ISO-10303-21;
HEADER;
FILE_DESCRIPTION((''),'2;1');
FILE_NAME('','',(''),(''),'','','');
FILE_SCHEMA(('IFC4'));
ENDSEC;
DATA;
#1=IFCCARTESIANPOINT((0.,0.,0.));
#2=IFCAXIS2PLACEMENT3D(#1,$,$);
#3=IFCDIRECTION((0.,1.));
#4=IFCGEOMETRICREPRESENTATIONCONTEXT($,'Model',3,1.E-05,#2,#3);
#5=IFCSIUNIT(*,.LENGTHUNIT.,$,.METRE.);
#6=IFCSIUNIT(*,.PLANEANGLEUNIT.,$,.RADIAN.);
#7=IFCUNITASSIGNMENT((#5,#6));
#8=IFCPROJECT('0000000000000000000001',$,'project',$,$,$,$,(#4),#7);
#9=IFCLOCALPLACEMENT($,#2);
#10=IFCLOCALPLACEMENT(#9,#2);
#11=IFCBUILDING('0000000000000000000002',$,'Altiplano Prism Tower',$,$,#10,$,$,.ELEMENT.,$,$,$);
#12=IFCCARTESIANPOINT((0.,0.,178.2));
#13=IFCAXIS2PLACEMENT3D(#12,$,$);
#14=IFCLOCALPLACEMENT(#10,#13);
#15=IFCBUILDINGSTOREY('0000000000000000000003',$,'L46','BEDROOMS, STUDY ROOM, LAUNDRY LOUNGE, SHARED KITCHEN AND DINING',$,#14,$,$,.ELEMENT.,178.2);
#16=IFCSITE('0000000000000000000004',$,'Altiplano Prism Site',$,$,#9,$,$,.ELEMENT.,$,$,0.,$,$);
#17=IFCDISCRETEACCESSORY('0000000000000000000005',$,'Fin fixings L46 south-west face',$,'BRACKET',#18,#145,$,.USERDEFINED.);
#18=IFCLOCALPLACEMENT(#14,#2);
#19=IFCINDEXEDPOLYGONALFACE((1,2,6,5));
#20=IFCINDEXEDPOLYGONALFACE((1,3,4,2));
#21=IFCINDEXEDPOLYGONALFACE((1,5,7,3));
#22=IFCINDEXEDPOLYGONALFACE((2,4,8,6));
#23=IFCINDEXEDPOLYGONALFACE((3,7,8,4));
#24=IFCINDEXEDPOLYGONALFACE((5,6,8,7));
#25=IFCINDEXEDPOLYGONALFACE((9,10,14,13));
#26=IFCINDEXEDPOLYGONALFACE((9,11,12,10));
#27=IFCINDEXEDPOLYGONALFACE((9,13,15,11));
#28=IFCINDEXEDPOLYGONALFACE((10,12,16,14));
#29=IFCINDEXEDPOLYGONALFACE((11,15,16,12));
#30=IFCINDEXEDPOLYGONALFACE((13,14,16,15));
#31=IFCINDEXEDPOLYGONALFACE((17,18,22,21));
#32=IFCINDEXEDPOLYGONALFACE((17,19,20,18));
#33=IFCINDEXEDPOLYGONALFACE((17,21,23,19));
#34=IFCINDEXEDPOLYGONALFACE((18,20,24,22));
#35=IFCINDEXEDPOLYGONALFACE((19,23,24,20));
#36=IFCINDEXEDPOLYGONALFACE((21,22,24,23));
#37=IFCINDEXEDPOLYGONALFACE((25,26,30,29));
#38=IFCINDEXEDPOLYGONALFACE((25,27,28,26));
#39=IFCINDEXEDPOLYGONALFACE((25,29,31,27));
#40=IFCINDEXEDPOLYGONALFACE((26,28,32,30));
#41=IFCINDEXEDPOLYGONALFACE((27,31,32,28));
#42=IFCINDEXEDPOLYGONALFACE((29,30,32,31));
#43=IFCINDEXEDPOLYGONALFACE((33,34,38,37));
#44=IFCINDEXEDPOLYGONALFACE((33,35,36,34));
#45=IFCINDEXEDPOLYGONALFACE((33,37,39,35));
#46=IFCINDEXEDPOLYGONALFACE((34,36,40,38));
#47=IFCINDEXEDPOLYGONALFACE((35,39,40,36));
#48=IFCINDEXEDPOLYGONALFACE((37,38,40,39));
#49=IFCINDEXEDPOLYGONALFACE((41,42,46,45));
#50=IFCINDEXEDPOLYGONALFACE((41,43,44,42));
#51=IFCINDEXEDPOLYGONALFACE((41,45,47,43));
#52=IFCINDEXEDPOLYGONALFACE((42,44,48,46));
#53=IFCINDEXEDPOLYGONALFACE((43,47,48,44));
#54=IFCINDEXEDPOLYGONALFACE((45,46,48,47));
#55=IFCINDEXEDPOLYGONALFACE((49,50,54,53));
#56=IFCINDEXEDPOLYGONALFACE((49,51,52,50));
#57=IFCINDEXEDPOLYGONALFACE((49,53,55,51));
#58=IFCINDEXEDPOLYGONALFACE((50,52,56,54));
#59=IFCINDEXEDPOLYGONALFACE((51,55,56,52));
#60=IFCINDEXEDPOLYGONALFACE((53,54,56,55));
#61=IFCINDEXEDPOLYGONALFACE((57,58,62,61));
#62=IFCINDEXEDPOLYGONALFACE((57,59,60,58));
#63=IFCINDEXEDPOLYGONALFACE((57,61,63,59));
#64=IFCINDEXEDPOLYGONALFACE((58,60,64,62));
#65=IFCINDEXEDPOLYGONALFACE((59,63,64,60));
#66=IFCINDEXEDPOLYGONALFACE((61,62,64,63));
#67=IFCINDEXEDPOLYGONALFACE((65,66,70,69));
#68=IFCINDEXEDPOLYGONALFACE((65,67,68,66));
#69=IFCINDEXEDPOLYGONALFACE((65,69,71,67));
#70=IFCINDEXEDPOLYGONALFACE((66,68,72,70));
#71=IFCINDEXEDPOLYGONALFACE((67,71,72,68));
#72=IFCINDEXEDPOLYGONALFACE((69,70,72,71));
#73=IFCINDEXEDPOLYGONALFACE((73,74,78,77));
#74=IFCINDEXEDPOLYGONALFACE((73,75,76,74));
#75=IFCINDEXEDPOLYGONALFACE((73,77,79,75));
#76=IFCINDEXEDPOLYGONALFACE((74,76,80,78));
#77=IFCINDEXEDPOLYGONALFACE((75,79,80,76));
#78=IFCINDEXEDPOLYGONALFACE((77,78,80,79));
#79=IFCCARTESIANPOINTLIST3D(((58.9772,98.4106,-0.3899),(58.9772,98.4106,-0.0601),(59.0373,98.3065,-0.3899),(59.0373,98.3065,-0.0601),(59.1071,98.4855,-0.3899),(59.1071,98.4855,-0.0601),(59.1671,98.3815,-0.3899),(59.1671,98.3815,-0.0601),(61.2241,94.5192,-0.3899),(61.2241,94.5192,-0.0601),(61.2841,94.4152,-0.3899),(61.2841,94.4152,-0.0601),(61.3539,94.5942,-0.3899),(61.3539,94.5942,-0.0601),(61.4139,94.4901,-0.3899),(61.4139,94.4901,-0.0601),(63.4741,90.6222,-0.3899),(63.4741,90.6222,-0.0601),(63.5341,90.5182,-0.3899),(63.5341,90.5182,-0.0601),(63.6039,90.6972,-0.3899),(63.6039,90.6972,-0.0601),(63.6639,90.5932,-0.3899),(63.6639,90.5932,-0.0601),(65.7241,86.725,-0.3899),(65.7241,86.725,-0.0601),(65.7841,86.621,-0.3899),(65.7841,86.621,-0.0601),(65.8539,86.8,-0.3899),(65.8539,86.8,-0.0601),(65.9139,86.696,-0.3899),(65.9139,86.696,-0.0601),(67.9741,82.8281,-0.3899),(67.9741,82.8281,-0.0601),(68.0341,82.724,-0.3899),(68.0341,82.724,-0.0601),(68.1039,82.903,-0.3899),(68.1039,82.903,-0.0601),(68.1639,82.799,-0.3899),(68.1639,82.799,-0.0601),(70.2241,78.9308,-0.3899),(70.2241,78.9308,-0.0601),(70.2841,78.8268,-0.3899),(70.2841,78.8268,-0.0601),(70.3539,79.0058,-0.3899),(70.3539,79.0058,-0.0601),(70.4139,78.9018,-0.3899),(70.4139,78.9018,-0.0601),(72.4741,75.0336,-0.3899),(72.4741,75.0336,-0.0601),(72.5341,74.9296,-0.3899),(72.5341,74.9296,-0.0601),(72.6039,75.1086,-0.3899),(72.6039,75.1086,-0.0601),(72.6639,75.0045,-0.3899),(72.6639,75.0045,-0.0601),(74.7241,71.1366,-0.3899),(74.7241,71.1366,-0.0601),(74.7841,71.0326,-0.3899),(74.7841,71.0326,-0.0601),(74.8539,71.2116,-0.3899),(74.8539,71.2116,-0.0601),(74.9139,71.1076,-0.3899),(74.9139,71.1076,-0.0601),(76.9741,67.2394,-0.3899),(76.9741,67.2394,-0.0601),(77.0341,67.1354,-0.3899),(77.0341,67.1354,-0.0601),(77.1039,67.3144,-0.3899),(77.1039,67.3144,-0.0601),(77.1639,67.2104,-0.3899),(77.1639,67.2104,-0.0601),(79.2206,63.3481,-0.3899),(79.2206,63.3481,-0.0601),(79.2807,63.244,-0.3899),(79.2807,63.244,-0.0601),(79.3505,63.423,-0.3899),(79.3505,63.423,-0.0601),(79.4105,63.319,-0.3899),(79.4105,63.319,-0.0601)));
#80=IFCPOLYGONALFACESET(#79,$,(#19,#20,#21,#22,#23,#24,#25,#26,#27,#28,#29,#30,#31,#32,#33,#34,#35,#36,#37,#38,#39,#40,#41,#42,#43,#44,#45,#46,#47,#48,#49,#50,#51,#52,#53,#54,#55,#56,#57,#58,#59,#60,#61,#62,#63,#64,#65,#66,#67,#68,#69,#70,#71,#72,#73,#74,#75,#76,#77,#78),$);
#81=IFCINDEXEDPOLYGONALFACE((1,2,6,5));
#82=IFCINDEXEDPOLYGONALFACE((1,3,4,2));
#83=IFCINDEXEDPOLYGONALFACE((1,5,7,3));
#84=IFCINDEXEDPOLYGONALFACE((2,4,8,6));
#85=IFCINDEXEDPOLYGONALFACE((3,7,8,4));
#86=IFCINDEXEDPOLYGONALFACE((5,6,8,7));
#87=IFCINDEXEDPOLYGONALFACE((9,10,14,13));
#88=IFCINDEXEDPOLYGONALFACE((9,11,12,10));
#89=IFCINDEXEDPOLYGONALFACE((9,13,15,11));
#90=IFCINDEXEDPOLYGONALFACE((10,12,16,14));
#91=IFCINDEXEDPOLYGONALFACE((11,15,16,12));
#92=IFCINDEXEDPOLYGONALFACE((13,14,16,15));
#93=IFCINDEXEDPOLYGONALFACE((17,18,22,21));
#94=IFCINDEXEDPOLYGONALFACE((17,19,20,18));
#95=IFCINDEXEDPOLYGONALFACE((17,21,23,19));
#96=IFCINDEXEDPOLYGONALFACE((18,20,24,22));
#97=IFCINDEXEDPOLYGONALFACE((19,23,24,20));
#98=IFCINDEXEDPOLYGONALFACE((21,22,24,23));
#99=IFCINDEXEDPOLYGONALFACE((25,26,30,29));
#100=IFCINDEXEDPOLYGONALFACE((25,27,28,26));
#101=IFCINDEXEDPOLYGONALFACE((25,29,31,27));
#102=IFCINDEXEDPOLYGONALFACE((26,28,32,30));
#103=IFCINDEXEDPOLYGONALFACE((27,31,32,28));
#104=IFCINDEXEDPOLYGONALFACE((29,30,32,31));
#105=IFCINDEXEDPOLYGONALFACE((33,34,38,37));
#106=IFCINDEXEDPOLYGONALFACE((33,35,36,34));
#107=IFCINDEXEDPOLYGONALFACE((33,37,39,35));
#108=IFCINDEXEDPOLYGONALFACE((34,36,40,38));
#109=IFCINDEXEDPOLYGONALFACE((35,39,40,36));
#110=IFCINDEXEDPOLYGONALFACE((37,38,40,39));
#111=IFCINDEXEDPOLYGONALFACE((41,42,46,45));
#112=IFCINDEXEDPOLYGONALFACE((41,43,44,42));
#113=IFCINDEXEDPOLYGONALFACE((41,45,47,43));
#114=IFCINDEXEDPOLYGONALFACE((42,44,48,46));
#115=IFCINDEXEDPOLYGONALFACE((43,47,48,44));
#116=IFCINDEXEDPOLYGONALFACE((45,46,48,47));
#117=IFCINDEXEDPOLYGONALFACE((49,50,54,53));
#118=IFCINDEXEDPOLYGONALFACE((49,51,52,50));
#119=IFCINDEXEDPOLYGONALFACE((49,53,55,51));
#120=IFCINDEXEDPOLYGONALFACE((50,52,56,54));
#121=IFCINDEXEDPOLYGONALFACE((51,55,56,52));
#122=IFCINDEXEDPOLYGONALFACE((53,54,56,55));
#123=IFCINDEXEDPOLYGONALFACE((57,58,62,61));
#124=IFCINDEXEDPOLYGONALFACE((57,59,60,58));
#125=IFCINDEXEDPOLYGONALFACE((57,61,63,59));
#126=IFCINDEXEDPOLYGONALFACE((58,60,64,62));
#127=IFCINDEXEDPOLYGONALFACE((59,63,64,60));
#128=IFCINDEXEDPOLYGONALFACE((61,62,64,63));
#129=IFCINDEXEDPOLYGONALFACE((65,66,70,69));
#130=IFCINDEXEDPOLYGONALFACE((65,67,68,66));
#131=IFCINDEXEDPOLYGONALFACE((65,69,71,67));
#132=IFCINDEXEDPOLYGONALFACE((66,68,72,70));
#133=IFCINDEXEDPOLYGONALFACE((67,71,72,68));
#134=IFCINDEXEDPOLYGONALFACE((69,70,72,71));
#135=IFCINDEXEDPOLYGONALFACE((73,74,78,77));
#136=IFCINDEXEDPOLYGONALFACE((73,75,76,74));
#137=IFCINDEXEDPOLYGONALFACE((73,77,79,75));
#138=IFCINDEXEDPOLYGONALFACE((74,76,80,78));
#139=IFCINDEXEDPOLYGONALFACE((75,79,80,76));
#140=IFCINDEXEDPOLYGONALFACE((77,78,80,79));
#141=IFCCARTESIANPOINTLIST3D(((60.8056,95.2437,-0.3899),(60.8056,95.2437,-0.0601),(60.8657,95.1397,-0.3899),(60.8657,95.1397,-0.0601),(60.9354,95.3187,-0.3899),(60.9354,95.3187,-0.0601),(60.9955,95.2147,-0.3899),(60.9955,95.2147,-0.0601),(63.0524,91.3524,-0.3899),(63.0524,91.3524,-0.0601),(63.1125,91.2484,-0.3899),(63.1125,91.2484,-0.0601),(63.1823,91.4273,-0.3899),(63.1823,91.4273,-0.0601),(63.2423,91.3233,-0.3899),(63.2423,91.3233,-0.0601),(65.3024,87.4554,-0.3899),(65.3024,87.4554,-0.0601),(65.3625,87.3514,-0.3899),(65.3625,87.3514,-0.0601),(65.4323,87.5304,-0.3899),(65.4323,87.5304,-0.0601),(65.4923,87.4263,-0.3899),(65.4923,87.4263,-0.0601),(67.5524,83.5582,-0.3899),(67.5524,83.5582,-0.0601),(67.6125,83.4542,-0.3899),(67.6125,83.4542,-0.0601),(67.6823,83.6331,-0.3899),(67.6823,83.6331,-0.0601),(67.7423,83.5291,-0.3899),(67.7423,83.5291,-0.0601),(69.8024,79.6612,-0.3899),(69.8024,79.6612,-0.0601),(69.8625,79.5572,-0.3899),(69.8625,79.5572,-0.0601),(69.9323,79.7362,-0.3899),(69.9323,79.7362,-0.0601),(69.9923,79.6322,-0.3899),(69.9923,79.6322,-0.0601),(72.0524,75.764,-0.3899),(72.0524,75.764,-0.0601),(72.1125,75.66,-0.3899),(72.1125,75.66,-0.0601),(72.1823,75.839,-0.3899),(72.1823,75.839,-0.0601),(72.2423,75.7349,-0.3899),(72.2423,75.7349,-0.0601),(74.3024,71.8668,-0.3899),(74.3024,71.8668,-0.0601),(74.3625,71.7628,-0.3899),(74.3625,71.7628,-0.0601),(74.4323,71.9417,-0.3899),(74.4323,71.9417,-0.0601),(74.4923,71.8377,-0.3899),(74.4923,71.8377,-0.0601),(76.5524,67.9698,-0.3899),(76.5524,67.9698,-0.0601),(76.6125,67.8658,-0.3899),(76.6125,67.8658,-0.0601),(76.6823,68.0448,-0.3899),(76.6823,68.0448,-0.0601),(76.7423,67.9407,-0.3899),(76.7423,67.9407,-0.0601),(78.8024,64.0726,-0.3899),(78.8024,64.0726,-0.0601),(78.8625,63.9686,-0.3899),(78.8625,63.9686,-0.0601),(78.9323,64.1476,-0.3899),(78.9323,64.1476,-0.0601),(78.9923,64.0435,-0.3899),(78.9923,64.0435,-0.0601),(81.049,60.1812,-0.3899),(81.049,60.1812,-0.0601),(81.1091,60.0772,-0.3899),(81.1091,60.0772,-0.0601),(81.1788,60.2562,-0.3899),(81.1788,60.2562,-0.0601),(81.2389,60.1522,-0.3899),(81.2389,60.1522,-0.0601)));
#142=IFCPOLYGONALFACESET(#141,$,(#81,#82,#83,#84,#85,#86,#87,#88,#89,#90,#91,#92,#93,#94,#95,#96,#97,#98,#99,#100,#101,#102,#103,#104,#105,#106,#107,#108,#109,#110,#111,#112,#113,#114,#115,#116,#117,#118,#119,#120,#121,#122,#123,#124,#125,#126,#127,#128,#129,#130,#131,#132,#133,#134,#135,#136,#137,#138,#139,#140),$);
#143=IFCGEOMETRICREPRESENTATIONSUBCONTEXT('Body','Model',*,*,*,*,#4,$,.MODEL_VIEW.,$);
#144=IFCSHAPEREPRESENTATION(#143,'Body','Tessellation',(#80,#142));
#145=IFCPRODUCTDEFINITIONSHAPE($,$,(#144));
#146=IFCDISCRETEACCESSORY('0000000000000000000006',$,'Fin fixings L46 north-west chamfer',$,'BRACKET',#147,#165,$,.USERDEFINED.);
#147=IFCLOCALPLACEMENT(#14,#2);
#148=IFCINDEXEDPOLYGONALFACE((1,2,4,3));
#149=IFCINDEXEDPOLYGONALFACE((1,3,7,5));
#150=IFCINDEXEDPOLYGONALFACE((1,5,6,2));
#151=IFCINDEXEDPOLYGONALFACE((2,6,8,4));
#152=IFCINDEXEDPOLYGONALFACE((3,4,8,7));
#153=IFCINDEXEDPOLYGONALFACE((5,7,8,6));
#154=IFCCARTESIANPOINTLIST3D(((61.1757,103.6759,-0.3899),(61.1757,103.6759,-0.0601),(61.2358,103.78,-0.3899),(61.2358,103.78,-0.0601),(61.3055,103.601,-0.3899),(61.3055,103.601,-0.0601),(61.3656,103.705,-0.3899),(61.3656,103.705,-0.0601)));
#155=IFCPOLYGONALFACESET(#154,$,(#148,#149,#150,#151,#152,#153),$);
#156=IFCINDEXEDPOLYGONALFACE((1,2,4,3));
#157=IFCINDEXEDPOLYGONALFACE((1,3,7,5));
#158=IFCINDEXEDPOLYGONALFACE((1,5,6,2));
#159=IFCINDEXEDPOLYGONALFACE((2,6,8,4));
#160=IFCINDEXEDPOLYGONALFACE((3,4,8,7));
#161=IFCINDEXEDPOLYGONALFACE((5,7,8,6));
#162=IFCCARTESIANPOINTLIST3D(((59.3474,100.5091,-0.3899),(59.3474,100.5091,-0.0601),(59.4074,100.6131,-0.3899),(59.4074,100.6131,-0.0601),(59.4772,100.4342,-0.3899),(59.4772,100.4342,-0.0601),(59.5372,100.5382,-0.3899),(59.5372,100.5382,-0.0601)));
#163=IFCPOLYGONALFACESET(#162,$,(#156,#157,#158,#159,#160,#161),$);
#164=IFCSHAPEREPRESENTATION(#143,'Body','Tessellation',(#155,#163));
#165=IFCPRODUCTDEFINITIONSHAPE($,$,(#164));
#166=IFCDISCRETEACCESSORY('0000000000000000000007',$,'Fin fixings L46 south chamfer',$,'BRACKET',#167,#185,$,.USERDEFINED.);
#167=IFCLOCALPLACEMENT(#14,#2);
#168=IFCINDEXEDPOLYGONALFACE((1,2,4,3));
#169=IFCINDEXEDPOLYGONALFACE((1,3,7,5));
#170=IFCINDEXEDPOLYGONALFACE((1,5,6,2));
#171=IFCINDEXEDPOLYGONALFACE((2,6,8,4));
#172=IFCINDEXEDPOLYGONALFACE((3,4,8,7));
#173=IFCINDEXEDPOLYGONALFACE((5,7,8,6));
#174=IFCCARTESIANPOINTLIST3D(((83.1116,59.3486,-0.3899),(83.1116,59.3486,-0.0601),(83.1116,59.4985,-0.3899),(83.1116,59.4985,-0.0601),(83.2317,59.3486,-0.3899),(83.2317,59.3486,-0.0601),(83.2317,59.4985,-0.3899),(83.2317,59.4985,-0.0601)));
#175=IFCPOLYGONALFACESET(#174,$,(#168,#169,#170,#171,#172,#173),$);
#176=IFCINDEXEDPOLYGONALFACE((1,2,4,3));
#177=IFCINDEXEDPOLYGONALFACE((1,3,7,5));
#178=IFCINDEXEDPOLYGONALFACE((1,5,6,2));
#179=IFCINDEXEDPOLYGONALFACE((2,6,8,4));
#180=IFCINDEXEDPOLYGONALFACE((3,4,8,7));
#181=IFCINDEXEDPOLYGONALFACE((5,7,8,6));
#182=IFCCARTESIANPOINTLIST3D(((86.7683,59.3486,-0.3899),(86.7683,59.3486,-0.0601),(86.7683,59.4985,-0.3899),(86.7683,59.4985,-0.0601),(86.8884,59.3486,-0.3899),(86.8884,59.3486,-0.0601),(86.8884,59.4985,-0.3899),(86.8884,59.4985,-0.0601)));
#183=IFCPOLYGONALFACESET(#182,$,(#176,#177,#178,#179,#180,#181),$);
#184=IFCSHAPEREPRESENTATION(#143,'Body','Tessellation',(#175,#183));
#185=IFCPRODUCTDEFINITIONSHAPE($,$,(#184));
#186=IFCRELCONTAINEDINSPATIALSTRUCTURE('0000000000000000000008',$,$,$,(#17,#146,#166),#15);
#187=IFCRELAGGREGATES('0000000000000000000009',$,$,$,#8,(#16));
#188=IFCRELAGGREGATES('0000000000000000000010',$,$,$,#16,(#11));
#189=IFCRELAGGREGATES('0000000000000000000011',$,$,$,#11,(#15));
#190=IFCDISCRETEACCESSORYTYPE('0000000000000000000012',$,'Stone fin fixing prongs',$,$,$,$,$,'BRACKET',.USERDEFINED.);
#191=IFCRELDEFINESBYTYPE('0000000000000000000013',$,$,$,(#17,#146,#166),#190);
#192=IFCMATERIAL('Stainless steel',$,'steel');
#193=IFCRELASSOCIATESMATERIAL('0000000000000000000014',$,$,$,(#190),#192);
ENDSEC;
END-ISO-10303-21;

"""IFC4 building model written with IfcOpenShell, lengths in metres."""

from ifc_helpers import new_model, si_unit, direction, frame, origin, place, context, subcontext, project, spatial, polyline, outline, extrude, source, transform, mapped, material, type_object, element, save


model = new_model("IFC4")

# Units and contexts
model_context = context("Model", 3, precision=1e-05, world=origin(), true_north=direction((0.0, 1.0)))
body_context = subcontext(model_context, "Body", "Model", "MODEL_VIEW")
ifc_project = project(units=[si_unit("LENGTHUNIT", "METRE"), si_unit("PLANEANGLEUNIT", "RADIAN")], contexts=[model_context])

# Site, building, storey
site_placement = place(None, origin())
site = spatial("IfcSite", under=ifc_project, at=site_placement, Name="Altiplano Prism Site", CompositionType="ELEMENT", RefElevation=0.0)
building_placement = place(site_placement, origin())
building = spatial("IfcBuilding", under=site, at=building_placement, Name="Altiplano Prism Tower", CompositionType="ELEMENT")
storey_placement = place(building_placement, frame((0.0, 0.0, 178.2)))
storey = spatial("IfcBuildingStorey", under=building, at=storey_placement, Name="L46", Description="BEDROOMS, STUDY ROOM, LAUNDRY LOUNGE, SHARED KITCHEN AND DINING", CompositionType="ELEMENT", Elevation=178.2)

# Discrete accessories
ifc_material_1 = material(Name="Stainless steel", Category="steel")
discrete_accessory_type = type_object("IfcDiscreteAccessoryType", Name="Stone fin fixing prongs", ElementType="BRACKET", PredefinedType="USERDEFINED", material=ifc_material_1)
shared_shape_1 = source(origin(), body_context, "Body", "SweptSolid", [
    extrude(outline(polyline([(-1.8884, 0.0601), (-1.7683, 0.0601), (-1.7683, 0.3899), (-1.8884, 0.3899), (-1.8884, 0.0601)])), frame((0.0, 0.0, 0.0), z_axis=(0.0, -1.0, 0.0), x_axis=(1.0, 0.0, 0.0)), (0.0, 0.0, 1.0), 0.1499),
    extrude(outline(polyline([(1.7683, 0.0601), (1.8884, 0.0601), (1.8884, 0.3899), (1.7683, 0.3899), (1.7683, 0.0601)])), frame((0.0, 0.0, 0.0), z_axis=(0.0, -1.0, 0.0), x_axis=(1.0, 0.0, 0.0)), (0.0, 0.0, 1.0), 0.1499),
])
shared_shape_2 = source(origin(), body_context, "Body", "SweptSolid", [
    extrude(outline(polyline([(-1.8884, 0.0601), (-1.7683, 0.0601), (-1.7683, 0.3899), (-1.8884, 0.3899), (-1.8884, 0.0601)])), frame((0.0, 0.0, 0.0), z_axis=(0.0, -1.0, 0.0), x_axis=(1.0, 0.0, 0.0)), (0.0, 0.0, 1.0), 0.1499),
    extrude(outline(polyline([(1.7683, 0.0601), (1.8884, 0.0601), (1.8884, 0.3899), (1.7683, 0.3899), (1.7683, 0.0601)])), frame((0.0, 0.0, 0.0), z_axis=(0.0, -1.0, 0.0), x_axis=(1.0, 0.0, 0.0)), (0.0, 0.0, 1.0), 0.1499),
])
discrete_accessory_1_placement = place(storey_placement, origin())
element("IfcDiscreteAccessory", 1, at=discrete_accessory_1_placement, inside=storey, type_object=discrete_accessory_type, Name="Fin fixings L46 south-west face", ObjectType="BRACKET", PredefinedType="USERDEFINED", context=body_context, shape_type="MappedRepresentation", body=[
    mapped(shared_shape_1, transform((60.0513, 96.8501, -0.45), x_axis=(0.5, -0.866025, 0.0), y_axis=(0.866025, 0.5, 0.0), z_axis=(0.0, 0.0, 1.0))),
    mapped(shared_shape_2, transform((62.2981, 92.9587, -0.45), x_axis=(0.5, -0.866025, 0.0), y_axis=(0.866025, 0.5, 0.0), z_axis=(0.0, 0.0, 1.0))),
    mapped(shared_shape_2, transform((64.5481, 89.0618, -0.45), x_axis=(0.5, -0.866025, 0.0), y_axis=(0.866025, 0.5, 0.0), z_axis=(0.0, 0.0, 1.0))),
    mapped(shared_shape_2, transform((66.7981, 85.1646, -0.45), x_axis=(0.5, -0.866025, 0.0), y_axis=(0.866025, 0.5, 0.0), z_axis=(0.0, 0.0, 1.0))),
    mapped(shared_shape_2, transform((69.0481, 81.2676, -0.45), x_axis=(0.5, -0.866025, 0.0), y_axis=(0.866025, 0.5, 0.0), z_axis=(0.0, 0.0, 1.0))),
    mapped(shared_shape_2, transform((71.2981, 77.3704, -0.45), x_axis=(0.5, -0.866025, 0.0), y_axis=(0.866025, 0.5, 0.0), z_axis=(0.0, 0.0, 1.0))),
    mapped(shared_shape_2, transform((73.5481, 73.4731, -0.45), x_axis=(0.5, -0.866025, 0.0), y_axis=(0.866025, 0.5, 0.0), z_axis=(0.0, 0.0, 1.0))),
    mapped(shared_shape_2, transform((75.7981, 69.5762, -0.45), x_axis=(0.5, -0.866025, 0.0), y_axis=(0.866025, 0.5, 0.0), z_axis=(0.0, 0.0, 1.0))),
    mapped(shared_shape_2, transform((78.0481, 65.679, -0.45), x_axis=(0.5, -0.866025, 0.0), y_axis=(0.866025, 0.5, 0.0), z_axis=(0.0, 0.0, 1.0))),
    mapped(shared_shape_1, transform((80.2947, 61.7876, -0.45), x_axis=(0.5, -0.866025, 0.0), y_axis=(0.866025, 0.5, 0.0), z_axis=(0.0, 0.0, 1.0))),
])
shared_shape_3 = source(origin(), body_context, "Body", "SweptSolid", [
    extrude(outline(polyline([(-1.8884, 0.0601), (-1.7683, 0.0601), (-1.7683, 0.3899), (-1.8884, 0.3899), (-1.8884, 0.0601)])), frame((0.0, 0.0, 0.0), z_axis=(0.0, -1.0, 0.0), x_axis=(1.0, 0.0, 0.0)), (0.0, 0.0, 1.0), 0.1499),
    extrude(outline(polyline([(1.7683, 0.0601), (1.8884, 0.0601), (1.8884, 0.3899), (1.7683, 0.3899), (1.7683, 0.0601)])), frame((0.0, 0.0, 0.0), z_axis=(0.0, -1.0, 0.0), x_axis=(1.0, 0.0, 0.0)), (0.0, 0.0, 1.0), 0.1499),
])
discrete_accessory_2_placement = place(storey_placement, origin())
element("IfcDiscreteAccessory", 2, at=discrete_accessory_2_placement, inside=storey, type_object=discrete_accessory_type, Name="Fin fixings L46 north-west chamfer", ObjectType="BRACKET", PredefinedType="USERDEFINED", context=body_context, shape_type="MappedRepresentation", body=[
    mapped(shared_shape_3, transform((60.4214, 102.0696, -0.45), x_axis=(-0.5, -0.866025, 0.0), y_axis=(0.866025, -0.5, 0.0), z_axis=(0.0, 0.0, 1.0))),
])
discrete_accessory_3_placement = place(storey_placement, origin())
element("IfcDiscreteAccessory", 3, at=discrete_accessory_3_placement, inside=storey, type_object=discrete_accessory_type, Name="Fin fixings L46 south chamfer", ObjectType="BRACKET", PredefinedType="USERDEFINED", context=body_context, shape_type="MappedRepresentation", body=[
    mapped(shared_shape_3, transform((85.0, 59.4985, -0.45), x_axis=(1.0, 0.0, 0.0), y_axis=(0.0, 1.0, 0.0), z_axis=(0.0, 0.0, 1.0))),
])

save(model, "model.ifc")
